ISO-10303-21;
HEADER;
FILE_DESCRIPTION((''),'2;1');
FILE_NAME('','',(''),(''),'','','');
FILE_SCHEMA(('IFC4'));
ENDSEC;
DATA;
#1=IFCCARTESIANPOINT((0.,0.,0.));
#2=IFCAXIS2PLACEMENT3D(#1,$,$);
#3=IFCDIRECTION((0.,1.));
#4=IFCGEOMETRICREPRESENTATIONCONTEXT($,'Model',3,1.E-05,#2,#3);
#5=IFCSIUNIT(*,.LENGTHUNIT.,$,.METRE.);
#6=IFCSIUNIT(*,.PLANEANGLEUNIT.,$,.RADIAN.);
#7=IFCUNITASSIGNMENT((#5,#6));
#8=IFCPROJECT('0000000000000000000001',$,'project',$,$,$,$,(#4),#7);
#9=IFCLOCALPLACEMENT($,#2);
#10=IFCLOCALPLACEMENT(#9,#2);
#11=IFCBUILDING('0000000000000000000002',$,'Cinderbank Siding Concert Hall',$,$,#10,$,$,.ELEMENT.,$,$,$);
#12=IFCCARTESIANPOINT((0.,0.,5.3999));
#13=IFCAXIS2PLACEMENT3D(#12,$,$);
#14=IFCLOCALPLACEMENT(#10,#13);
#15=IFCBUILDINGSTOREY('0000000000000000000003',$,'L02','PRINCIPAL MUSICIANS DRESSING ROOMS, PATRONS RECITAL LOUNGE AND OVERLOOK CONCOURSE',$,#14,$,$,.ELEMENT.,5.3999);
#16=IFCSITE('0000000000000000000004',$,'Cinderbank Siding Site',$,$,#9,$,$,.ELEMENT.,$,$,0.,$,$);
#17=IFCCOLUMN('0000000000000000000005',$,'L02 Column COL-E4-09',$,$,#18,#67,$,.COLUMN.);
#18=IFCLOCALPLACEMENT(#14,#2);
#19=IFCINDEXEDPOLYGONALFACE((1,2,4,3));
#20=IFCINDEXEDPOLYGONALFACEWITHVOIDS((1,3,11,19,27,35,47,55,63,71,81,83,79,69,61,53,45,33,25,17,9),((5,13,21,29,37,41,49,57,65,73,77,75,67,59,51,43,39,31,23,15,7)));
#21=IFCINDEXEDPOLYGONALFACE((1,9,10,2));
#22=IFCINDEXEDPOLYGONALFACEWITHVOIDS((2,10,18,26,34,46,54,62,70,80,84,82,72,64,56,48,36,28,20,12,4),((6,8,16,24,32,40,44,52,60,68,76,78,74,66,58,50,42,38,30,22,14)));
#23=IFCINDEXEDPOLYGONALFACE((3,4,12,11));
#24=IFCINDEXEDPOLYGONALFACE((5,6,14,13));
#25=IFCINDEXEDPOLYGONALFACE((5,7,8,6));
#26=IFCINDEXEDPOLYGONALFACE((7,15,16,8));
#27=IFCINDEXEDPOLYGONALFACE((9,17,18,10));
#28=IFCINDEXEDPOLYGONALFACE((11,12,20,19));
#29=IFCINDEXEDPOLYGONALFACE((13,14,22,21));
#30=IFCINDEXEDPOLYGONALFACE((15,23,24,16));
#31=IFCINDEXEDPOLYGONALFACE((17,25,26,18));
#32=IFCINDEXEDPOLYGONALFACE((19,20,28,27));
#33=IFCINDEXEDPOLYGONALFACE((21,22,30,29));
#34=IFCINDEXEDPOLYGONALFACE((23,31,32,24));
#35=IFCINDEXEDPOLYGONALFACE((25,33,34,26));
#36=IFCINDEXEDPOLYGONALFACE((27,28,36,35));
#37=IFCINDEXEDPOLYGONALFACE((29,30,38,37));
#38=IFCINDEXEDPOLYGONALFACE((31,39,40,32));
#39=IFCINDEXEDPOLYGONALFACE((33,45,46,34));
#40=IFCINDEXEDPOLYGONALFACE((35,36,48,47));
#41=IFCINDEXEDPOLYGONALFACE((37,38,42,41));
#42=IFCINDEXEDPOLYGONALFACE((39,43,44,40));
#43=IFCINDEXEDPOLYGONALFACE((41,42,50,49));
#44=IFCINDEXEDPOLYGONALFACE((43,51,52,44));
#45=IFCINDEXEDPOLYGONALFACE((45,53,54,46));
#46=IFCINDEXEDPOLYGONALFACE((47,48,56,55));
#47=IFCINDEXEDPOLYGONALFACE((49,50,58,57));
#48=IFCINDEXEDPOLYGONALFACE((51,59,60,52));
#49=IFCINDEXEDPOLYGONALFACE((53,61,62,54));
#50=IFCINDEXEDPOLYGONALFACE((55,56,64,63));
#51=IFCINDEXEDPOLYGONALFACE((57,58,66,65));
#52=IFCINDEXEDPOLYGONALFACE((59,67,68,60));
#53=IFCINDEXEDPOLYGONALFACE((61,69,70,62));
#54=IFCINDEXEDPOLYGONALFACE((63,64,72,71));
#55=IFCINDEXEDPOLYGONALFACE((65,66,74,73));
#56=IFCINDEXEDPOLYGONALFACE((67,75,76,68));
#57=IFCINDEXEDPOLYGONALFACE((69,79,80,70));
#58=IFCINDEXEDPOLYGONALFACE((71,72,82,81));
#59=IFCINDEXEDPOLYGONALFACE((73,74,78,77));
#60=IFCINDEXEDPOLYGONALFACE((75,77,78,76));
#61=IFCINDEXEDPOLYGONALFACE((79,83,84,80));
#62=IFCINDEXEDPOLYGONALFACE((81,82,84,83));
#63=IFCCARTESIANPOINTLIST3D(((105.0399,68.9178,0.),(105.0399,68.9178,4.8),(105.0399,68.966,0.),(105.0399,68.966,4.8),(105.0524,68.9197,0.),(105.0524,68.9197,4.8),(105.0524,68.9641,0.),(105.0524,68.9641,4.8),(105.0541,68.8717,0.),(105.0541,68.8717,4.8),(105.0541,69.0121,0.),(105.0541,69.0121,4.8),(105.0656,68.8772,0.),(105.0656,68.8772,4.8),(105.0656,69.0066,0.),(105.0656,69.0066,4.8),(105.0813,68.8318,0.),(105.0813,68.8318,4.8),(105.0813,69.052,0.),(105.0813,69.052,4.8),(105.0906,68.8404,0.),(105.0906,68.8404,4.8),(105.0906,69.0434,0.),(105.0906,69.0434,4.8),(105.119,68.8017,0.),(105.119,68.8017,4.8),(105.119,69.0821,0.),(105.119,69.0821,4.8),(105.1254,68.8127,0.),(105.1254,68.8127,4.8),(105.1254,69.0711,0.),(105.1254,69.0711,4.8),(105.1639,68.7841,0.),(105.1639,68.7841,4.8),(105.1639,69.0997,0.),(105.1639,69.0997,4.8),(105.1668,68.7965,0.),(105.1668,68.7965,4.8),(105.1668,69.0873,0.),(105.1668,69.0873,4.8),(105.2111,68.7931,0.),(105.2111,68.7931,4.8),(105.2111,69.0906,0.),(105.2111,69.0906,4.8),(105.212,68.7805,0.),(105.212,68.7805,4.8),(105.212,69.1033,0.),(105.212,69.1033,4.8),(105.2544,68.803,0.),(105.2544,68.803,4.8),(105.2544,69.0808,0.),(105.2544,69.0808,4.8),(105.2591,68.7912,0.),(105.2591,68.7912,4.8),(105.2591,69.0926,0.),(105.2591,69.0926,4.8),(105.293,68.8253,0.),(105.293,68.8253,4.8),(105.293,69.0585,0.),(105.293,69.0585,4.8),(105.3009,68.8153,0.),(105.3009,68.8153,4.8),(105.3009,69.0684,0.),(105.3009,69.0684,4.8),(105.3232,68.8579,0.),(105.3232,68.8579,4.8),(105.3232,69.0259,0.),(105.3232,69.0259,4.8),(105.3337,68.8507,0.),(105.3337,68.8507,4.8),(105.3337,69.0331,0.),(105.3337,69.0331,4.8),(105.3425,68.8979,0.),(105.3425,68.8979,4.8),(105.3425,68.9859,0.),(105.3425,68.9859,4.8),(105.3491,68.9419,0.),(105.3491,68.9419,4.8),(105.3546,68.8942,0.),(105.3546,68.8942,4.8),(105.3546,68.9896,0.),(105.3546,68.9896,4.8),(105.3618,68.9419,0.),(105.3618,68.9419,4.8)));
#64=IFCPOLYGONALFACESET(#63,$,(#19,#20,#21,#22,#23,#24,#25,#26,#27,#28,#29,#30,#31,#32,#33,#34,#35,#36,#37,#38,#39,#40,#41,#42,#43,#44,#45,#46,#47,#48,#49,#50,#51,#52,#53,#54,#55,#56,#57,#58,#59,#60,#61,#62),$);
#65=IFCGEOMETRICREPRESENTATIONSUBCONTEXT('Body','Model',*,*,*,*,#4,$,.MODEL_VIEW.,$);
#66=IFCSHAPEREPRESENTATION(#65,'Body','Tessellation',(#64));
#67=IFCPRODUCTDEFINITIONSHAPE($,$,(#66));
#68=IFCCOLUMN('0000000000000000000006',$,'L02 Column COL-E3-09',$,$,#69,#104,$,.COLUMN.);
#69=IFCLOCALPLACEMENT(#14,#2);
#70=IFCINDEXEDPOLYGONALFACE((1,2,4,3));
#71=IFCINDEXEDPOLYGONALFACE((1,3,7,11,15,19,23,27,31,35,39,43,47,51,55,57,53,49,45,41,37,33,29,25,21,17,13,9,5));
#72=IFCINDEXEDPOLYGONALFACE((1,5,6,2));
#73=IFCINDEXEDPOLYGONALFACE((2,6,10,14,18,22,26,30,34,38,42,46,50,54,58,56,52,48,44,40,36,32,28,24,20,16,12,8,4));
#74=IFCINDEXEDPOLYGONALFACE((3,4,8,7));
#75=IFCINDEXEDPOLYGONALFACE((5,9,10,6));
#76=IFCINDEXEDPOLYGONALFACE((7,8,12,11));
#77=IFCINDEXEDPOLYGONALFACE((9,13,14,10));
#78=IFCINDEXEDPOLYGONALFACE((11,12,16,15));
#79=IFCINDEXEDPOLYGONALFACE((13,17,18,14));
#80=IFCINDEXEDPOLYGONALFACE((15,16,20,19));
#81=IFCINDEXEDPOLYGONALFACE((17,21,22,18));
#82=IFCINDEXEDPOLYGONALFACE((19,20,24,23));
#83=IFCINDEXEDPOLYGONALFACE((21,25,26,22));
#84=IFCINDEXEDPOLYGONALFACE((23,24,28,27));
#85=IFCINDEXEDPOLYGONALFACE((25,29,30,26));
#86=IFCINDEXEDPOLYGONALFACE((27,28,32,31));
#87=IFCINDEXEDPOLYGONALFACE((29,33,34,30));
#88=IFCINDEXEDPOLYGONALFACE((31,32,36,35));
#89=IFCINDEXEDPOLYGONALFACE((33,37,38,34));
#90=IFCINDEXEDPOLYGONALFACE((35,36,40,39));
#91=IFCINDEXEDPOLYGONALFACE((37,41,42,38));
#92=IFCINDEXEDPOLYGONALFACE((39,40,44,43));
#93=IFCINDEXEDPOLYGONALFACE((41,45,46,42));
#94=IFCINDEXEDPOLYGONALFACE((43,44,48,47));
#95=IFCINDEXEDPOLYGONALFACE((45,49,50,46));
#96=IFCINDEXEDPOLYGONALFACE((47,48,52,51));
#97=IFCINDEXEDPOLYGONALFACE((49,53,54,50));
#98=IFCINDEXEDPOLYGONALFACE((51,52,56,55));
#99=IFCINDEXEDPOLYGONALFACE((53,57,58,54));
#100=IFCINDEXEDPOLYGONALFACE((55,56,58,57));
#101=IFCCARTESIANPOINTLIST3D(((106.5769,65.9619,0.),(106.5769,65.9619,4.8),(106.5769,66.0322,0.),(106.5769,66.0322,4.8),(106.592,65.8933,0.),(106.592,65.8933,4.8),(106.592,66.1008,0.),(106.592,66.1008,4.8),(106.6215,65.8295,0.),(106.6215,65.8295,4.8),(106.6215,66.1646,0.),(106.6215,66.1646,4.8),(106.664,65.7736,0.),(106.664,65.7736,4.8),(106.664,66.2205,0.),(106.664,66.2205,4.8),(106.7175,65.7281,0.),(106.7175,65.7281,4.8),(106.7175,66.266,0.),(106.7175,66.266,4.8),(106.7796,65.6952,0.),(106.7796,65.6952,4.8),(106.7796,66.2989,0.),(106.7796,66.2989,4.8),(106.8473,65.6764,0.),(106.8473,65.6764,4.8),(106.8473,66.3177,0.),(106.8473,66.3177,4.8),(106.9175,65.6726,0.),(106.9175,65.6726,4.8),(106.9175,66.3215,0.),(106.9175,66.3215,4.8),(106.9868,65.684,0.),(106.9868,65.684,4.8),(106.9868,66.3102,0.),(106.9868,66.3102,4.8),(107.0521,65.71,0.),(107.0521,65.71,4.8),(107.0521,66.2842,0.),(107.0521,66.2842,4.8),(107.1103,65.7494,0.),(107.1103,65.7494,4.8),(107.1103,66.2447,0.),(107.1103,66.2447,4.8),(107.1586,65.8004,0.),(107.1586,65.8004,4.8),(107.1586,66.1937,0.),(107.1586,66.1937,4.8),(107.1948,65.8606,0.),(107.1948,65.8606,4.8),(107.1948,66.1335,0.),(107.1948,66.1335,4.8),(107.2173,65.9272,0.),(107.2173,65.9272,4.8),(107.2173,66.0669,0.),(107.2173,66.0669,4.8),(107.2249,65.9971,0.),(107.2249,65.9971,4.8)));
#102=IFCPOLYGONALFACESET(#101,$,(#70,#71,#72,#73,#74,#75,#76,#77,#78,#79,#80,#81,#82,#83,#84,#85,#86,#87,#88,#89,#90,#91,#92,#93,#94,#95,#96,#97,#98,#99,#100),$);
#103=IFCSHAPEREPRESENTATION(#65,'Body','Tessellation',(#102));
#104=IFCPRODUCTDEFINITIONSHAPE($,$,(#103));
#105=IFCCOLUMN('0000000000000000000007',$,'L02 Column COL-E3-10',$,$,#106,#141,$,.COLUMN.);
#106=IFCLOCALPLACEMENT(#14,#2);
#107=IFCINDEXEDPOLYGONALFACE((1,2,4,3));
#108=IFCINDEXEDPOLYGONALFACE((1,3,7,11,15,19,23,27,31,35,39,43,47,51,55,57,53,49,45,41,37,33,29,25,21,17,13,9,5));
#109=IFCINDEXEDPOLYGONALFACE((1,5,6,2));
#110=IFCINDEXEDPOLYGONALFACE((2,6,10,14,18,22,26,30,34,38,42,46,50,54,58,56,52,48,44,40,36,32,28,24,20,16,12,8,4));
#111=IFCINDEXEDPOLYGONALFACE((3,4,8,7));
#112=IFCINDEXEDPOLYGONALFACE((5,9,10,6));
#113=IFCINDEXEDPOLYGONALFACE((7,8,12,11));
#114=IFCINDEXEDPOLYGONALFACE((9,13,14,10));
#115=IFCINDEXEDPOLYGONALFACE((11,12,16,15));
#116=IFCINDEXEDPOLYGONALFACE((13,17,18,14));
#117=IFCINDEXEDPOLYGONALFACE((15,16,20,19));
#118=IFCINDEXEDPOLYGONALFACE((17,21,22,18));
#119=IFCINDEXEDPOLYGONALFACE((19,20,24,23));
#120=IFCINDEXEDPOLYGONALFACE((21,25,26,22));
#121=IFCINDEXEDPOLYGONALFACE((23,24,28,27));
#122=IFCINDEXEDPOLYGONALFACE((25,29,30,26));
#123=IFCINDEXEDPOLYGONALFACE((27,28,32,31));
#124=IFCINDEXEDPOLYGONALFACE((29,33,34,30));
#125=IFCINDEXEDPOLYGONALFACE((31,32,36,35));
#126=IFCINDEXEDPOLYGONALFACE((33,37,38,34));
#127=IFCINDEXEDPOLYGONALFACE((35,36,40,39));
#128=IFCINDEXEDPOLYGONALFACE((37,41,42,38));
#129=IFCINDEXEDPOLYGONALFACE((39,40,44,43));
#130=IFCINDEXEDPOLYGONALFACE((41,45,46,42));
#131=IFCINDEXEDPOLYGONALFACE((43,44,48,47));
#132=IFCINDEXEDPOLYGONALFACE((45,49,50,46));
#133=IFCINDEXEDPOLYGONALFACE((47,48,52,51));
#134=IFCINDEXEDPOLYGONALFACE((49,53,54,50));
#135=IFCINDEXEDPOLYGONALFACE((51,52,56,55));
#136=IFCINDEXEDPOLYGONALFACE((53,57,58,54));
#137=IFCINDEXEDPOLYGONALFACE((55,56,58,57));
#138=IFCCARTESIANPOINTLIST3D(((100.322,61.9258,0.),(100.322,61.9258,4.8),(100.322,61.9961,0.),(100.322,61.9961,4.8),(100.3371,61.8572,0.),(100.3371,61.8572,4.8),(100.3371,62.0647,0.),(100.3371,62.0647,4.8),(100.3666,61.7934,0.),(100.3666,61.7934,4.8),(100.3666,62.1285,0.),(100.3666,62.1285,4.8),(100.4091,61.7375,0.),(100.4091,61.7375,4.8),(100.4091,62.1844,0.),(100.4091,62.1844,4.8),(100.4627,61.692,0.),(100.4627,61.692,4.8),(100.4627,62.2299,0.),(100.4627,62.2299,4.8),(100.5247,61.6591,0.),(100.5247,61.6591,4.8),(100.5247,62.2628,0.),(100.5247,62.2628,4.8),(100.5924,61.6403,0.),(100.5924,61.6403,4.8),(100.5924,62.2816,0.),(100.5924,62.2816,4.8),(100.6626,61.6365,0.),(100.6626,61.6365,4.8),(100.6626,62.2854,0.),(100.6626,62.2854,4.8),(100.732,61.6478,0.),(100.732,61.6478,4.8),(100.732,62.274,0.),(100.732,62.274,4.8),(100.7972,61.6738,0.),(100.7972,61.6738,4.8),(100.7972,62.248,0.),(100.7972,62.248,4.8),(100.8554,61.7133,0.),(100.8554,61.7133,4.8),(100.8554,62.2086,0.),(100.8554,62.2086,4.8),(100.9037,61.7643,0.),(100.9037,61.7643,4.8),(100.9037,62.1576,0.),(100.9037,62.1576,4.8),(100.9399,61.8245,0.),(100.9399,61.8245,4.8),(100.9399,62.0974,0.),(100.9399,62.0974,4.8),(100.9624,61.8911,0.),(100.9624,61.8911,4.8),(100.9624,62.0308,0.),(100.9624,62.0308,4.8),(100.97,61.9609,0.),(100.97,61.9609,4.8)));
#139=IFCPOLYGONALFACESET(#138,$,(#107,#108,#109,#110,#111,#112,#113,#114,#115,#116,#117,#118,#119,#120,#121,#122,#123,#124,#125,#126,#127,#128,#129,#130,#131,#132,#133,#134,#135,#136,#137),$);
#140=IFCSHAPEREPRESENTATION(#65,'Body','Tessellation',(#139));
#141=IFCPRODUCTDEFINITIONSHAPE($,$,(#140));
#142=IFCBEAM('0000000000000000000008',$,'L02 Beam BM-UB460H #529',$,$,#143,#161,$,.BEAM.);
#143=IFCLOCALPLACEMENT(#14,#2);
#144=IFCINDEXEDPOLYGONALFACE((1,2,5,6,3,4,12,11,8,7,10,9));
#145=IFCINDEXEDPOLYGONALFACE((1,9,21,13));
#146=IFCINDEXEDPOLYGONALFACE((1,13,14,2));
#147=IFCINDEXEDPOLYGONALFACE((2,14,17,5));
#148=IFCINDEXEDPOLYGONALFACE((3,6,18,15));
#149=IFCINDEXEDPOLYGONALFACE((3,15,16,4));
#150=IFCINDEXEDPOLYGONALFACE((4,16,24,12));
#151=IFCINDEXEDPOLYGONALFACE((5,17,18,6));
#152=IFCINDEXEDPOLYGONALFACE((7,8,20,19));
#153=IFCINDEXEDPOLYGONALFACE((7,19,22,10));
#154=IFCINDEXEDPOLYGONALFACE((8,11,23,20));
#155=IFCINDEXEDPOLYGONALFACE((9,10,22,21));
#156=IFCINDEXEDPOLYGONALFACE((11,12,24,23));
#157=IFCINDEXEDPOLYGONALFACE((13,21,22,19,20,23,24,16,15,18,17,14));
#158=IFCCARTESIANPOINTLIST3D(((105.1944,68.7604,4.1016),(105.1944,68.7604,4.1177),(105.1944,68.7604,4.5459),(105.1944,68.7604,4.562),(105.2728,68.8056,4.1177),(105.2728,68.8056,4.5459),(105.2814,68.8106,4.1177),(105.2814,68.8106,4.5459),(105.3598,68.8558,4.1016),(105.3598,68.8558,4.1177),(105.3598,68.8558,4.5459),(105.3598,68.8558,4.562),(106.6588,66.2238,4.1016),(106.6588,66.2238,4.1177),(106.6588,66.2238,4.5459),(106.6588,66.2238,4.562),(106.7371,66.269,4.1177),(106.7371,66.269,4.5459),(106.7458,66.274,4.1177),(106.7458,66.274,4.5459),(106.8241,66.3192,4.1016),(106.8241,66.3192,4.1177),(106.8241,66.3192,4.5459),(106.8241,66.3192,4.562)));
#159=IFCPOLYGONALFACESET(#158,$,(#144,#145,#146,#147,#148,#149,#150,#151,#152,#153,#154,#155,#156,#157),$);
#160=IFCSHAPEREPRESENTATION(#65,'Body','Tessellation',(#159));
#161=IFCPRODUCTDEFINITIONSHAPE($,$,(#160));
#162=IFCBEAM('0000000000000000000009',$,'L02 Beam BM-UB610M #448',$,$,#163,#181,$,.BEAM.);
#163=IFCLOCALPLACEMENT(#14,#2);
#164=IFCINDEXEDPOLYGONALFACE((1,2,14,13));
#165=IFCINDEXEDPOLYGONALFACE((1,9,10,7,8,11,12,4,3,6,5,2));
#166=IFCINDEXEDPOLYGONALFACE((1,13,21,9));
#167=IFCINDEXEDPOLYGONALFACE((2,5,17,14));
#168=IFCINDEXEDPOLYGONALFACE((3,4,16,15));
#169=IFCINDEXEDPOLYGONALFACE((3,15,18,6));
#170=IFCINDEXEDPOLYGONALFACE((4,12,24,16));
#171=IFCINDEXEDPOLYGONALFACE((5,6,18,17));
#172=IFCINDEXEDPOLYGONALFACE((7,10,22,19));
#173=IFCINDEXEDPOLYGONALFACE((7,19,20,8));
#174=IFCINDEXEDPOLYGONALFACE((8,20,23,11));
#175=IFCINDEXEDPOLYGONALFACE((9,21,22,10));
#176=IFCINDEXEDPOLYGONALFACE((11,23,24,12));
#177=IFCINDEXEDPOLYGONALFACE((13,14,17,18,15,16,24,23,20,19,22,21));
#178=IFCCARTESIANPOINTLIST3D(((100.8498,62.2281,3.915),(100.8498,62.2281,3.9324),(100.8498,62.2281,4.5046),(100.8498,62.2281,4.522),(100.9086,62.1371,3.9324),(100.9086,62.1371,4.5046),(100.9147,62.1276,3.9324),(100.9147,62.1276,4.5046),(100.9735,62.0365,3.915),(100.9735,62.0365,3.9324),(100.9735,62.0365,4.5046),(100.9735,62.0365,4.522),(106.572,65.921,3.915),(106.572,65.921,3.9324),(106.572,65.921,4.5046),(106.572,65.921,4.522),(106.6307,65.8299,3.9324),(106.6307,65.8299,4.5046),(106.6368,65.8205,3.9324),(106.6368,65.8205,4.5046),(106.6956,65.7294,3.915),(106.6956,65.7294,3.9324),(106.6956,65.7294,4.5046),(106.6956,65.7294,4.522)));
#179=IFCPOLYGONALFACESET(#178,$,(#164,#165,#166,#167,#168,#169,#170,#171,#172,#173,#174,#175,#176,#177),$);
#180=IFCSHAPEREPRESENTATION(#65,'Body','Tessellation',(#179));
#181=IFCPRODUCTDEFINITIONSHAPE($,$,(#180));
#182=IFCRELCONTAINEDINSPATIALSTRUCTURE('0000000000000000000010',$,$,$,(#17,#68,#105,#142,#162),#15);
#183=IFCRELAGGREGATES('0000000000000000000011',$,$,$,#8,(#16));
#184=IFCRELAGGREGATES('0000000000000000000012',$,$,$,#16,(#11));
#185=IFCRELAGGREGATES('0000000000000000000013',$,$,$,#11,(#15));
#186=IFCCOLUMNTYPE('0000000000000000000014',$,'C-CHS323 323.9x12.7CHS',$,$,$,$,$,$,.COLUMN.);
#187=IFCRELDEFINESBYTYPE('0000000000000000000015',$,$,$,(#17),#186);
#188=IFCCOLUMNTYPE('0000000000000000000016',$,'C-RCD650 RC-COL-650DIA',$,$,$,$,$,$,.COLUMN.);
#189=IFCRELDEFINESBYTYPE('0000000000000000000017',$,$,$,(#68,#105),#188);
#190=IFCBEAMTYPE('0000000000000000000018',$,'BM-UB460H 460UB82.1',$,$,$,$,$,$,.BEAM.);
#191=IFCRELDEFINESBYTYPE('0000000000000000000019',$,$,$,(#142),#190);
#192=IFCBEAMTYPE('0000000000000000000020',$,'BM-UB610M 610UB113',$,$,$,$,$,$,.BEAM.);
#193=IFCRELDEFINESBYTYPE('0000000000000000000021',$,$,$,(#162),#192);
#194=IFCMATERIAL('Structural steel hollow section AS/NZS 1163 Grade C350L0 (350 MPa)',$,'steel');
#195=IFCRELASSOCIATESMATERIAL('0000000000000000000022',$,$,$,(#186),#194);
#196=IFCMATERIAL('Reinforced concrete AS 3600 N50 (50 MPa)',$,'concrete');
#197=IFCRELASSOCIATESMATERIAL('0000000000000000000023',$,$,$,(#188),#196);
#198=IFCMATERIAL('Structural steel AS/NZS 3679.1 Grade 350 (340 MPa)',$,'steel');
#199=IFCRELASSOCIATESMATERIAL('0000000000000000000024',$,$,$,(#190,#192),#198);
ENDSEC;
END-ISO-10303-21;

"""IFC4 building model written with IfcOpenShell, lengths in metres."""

from ifc_helpers import new_model, si_unit, direction, frame, origin, origin_2d, place, context, subcontext, project, spatial, circle, hollow_circle, i_section, extrude, material, material_profile, profile_set, type_object, element, save


model = new_model("IFC4")

# Units and contexts
model_context = context("Model", 3, precision=1e-05, world=origin(), true_north=direction((0.0, 1.0)))
body_context = subcontext(model_context, "Body", "Model", "MODEL_VIEW")
ifc_project = project(units=[si_unit("LENGTHUNIT", "METRE"), si_unit("PLANEANGLEUNIT", "RADIAN")], contexts=[model_context])

# Site, building, storey
site_placement = place(None, origin())
site = spatial("IfcSite", under=ifc_project, at=site_placement, Name="Cinderbank Siding Site", CompositionType="ELEMENT", RefElevation=0.0)
building_placement = place(site_placement, origin())
building = spatial("IfcBuilding", under=site, at=building_placement, Name="Cinderbank Siding Concert Hall", CompositionType="ELEMENT")
storey_placement = place(building_placement, frame((0.0, 0.0, 5.3999)))
storey = spatial("IfcBuildingStorey", under=building, at=storey_placement, Name="L02", Description="PRINCIPAL MUSICIANS DRESSING ROOMS, PATRONS RECITAL LOUNGE AND OVERLOOK CONCOURSE", CompositionType="ELEMENT", Elevation=5.3999)

# Columns
ifc_material_1 = material(Name="Structural steel hollow section AS/NZS 1163 Grade C350L0 (350 MPa)", Category="steel")
ifc_material_profile_1 = material_profile(ifc_material_1, hollow_circle(Radius=0.1619, WallThickness=0.0127, at=origin_2d()), Name="323.9x12.7CHS", Category="LoadBearing")
ifc_profile_set_1 = profile_set([ifc_material_profile_1], Name="Structural steel hollow section AS/NZS 1163 Grade C350L0 (350 MPa)")
column_type_1 = type_object("IfcColumnType", Name="C-CHS323 323.9x12.7CHS", PredefinedType="COLUMN", material=ifc_profile_set_1)
column_placement = place(storey_placement, frame((105.2, 68.9419, 0.0), z_axis=(0.0, 0.0, 1.0), x_axis=(1.0, 0.0, 0.0)))
element("IfcColumn", 1, at=column_placement, inside=storey, type_object=column_type_1, Name="L02 Column COL-E4-09", PredefinedType="COLUMN", context=body_context, shape_type="SweptSolid", body=[
    extrude(hollow_circle(Radius=0.1619, WallThickness=0.0127, at=origin_2d()), origin(), (0.0, 0.0, 1.0), 4.8),
])
ifc_material_2 = material(Name="Reinforced concrete AS 3600 N50 (50 MPa)", Category="concrete")
ifc_material_profile_2 = material_profile(ifc_material_2, circle(Radius=0.325, at=origin_2d()), Name="RC-COL-650DIA", Category="LoadBearing")
ifc_profile_set_2 = profile_set([ifc_material_profile_2], Name="Reinforced concrete AS 3600 N50 (50 MPa)")
column_type_2 = type_object("IfcColumnType", Name="C-RCD650 RC-COL-650DIA", PredefinedType="COLUMN", material=ifc_profile_set_2)
for number, where, z_axis, x_axis, name in (
    (2, (106.8999, 65.9971, 0.0), (0.0, 0.0, 1.0), (1.0, 0.0, 0.0), "L02 Column COL-E3-09"),
    (3, (100.645, 61.9609, 0.0), (0.0, 0.0, 1.0), (1.0, 0.0, 0.0), "L02 Column COL-E3-10"),
):
    element("IfcColumn", number, at=place(storey_placement, frame(where, z_axis=z_axis, x_axis=x_axis)), inside=storey, type_object=column_type_2, Name=name, PredefinedType="COLUMN", context=body_context, shape_type="SweptSolid", body=[
        extrude(circle(Radius=0.325, at=origin_2d()), origin(), (0.0, 0.0, 1.0), 4.8),
    ])

# Beams
ifc_material_3 = material(Name="Structural steel AS/NZS 3679.1 Grade 350 (340 MPa)", Category="steel")
ifc_material_profile_3 = material_profile(ifc_material_3, i_section(OverallWidth=0.1909, OverallDepth=0.4604, WebThickness=0.01, FlangeThickness=0.0161, at=origin_2d()), Name="460UB82.1", Category="LoadBearing")
ifc_profile_set_3 = profile_set([ifc_material_profile_3], Name="Structural steel AS/NZS 3679.1 Grade 350 (340 MPa)")
beam_type_1 = type_object("IfcBeamType", Name="BM-UB460H 460UB82.1", PredefinedType="BEAM", material=ifc_profile_set_3)
beam_1_placement = place(storey_placement, frame((106.7415, 66.2715, 4.3318), z_axis=(-0.499958, 0.86605, 0.0), x_axis=(-0.86605, -0.499958, 0.0)))
element("IfcBeam", 4, at=beam_1_placement, inside=storey, type_object=beam_type_1, Name="L02 Beam BM-UB460H #529", PredefinedType="BEAM", context=body_context, shape_type="SweptSolid", body=[
    extrude(i_section(OverallWidth=0.1909, OverallDepth=0.4604, WebThickness=0.01, FlangeThickness=0.0161, at=origin_2d()), origin(), (0.0, 0.0, 1.0), 2.929),
])
ifc_material_profile_4 = material_profile(ifc_material_3, i_section(OverallWidth=0.228, OverallDepth=0.6069, WebThickness=0.0112, FlangeThickness=0.0173, at=origin_2d()), Name="610UB113", Category="LoadBearing")
ifc_profile_set_4 = profile_set([ifc_material_profile_4], Name="Structural steel AS/NZS 3679.1 Grade 350 (340 MPa)")
beam_type_2 = type_object("IfcBeamType", Name="BM-UB610M 610UB113", PredefinedType="BEAM", material=ifc_profile_set_4)
beam_2_placement = place(storey_placement, frame((106.6338, 65.8252, 4.2185), z_axis=(-0.84022, -0.542246, 0.0), x_axis=(0.542246, -0.84022, 0.0)))
element("IfcBeam", 5, at=beam_2_placement, inside=storey, type_object=beam_type_2, Name="L02 Beam BM-UB610M #448", PredefinedType="BEAM", context=body_context, shape_type="SweptSolid", body=[
    extrude(i_section(OverallWidth=0.228, OverallDepth=0.6069, WebThickness=0.0112, FlangeThickness=0.0173, at=origin_2d()), origin(), (0.0, 0.0, 1.0), 6.8103),
])

save(model, "model.ifc")
